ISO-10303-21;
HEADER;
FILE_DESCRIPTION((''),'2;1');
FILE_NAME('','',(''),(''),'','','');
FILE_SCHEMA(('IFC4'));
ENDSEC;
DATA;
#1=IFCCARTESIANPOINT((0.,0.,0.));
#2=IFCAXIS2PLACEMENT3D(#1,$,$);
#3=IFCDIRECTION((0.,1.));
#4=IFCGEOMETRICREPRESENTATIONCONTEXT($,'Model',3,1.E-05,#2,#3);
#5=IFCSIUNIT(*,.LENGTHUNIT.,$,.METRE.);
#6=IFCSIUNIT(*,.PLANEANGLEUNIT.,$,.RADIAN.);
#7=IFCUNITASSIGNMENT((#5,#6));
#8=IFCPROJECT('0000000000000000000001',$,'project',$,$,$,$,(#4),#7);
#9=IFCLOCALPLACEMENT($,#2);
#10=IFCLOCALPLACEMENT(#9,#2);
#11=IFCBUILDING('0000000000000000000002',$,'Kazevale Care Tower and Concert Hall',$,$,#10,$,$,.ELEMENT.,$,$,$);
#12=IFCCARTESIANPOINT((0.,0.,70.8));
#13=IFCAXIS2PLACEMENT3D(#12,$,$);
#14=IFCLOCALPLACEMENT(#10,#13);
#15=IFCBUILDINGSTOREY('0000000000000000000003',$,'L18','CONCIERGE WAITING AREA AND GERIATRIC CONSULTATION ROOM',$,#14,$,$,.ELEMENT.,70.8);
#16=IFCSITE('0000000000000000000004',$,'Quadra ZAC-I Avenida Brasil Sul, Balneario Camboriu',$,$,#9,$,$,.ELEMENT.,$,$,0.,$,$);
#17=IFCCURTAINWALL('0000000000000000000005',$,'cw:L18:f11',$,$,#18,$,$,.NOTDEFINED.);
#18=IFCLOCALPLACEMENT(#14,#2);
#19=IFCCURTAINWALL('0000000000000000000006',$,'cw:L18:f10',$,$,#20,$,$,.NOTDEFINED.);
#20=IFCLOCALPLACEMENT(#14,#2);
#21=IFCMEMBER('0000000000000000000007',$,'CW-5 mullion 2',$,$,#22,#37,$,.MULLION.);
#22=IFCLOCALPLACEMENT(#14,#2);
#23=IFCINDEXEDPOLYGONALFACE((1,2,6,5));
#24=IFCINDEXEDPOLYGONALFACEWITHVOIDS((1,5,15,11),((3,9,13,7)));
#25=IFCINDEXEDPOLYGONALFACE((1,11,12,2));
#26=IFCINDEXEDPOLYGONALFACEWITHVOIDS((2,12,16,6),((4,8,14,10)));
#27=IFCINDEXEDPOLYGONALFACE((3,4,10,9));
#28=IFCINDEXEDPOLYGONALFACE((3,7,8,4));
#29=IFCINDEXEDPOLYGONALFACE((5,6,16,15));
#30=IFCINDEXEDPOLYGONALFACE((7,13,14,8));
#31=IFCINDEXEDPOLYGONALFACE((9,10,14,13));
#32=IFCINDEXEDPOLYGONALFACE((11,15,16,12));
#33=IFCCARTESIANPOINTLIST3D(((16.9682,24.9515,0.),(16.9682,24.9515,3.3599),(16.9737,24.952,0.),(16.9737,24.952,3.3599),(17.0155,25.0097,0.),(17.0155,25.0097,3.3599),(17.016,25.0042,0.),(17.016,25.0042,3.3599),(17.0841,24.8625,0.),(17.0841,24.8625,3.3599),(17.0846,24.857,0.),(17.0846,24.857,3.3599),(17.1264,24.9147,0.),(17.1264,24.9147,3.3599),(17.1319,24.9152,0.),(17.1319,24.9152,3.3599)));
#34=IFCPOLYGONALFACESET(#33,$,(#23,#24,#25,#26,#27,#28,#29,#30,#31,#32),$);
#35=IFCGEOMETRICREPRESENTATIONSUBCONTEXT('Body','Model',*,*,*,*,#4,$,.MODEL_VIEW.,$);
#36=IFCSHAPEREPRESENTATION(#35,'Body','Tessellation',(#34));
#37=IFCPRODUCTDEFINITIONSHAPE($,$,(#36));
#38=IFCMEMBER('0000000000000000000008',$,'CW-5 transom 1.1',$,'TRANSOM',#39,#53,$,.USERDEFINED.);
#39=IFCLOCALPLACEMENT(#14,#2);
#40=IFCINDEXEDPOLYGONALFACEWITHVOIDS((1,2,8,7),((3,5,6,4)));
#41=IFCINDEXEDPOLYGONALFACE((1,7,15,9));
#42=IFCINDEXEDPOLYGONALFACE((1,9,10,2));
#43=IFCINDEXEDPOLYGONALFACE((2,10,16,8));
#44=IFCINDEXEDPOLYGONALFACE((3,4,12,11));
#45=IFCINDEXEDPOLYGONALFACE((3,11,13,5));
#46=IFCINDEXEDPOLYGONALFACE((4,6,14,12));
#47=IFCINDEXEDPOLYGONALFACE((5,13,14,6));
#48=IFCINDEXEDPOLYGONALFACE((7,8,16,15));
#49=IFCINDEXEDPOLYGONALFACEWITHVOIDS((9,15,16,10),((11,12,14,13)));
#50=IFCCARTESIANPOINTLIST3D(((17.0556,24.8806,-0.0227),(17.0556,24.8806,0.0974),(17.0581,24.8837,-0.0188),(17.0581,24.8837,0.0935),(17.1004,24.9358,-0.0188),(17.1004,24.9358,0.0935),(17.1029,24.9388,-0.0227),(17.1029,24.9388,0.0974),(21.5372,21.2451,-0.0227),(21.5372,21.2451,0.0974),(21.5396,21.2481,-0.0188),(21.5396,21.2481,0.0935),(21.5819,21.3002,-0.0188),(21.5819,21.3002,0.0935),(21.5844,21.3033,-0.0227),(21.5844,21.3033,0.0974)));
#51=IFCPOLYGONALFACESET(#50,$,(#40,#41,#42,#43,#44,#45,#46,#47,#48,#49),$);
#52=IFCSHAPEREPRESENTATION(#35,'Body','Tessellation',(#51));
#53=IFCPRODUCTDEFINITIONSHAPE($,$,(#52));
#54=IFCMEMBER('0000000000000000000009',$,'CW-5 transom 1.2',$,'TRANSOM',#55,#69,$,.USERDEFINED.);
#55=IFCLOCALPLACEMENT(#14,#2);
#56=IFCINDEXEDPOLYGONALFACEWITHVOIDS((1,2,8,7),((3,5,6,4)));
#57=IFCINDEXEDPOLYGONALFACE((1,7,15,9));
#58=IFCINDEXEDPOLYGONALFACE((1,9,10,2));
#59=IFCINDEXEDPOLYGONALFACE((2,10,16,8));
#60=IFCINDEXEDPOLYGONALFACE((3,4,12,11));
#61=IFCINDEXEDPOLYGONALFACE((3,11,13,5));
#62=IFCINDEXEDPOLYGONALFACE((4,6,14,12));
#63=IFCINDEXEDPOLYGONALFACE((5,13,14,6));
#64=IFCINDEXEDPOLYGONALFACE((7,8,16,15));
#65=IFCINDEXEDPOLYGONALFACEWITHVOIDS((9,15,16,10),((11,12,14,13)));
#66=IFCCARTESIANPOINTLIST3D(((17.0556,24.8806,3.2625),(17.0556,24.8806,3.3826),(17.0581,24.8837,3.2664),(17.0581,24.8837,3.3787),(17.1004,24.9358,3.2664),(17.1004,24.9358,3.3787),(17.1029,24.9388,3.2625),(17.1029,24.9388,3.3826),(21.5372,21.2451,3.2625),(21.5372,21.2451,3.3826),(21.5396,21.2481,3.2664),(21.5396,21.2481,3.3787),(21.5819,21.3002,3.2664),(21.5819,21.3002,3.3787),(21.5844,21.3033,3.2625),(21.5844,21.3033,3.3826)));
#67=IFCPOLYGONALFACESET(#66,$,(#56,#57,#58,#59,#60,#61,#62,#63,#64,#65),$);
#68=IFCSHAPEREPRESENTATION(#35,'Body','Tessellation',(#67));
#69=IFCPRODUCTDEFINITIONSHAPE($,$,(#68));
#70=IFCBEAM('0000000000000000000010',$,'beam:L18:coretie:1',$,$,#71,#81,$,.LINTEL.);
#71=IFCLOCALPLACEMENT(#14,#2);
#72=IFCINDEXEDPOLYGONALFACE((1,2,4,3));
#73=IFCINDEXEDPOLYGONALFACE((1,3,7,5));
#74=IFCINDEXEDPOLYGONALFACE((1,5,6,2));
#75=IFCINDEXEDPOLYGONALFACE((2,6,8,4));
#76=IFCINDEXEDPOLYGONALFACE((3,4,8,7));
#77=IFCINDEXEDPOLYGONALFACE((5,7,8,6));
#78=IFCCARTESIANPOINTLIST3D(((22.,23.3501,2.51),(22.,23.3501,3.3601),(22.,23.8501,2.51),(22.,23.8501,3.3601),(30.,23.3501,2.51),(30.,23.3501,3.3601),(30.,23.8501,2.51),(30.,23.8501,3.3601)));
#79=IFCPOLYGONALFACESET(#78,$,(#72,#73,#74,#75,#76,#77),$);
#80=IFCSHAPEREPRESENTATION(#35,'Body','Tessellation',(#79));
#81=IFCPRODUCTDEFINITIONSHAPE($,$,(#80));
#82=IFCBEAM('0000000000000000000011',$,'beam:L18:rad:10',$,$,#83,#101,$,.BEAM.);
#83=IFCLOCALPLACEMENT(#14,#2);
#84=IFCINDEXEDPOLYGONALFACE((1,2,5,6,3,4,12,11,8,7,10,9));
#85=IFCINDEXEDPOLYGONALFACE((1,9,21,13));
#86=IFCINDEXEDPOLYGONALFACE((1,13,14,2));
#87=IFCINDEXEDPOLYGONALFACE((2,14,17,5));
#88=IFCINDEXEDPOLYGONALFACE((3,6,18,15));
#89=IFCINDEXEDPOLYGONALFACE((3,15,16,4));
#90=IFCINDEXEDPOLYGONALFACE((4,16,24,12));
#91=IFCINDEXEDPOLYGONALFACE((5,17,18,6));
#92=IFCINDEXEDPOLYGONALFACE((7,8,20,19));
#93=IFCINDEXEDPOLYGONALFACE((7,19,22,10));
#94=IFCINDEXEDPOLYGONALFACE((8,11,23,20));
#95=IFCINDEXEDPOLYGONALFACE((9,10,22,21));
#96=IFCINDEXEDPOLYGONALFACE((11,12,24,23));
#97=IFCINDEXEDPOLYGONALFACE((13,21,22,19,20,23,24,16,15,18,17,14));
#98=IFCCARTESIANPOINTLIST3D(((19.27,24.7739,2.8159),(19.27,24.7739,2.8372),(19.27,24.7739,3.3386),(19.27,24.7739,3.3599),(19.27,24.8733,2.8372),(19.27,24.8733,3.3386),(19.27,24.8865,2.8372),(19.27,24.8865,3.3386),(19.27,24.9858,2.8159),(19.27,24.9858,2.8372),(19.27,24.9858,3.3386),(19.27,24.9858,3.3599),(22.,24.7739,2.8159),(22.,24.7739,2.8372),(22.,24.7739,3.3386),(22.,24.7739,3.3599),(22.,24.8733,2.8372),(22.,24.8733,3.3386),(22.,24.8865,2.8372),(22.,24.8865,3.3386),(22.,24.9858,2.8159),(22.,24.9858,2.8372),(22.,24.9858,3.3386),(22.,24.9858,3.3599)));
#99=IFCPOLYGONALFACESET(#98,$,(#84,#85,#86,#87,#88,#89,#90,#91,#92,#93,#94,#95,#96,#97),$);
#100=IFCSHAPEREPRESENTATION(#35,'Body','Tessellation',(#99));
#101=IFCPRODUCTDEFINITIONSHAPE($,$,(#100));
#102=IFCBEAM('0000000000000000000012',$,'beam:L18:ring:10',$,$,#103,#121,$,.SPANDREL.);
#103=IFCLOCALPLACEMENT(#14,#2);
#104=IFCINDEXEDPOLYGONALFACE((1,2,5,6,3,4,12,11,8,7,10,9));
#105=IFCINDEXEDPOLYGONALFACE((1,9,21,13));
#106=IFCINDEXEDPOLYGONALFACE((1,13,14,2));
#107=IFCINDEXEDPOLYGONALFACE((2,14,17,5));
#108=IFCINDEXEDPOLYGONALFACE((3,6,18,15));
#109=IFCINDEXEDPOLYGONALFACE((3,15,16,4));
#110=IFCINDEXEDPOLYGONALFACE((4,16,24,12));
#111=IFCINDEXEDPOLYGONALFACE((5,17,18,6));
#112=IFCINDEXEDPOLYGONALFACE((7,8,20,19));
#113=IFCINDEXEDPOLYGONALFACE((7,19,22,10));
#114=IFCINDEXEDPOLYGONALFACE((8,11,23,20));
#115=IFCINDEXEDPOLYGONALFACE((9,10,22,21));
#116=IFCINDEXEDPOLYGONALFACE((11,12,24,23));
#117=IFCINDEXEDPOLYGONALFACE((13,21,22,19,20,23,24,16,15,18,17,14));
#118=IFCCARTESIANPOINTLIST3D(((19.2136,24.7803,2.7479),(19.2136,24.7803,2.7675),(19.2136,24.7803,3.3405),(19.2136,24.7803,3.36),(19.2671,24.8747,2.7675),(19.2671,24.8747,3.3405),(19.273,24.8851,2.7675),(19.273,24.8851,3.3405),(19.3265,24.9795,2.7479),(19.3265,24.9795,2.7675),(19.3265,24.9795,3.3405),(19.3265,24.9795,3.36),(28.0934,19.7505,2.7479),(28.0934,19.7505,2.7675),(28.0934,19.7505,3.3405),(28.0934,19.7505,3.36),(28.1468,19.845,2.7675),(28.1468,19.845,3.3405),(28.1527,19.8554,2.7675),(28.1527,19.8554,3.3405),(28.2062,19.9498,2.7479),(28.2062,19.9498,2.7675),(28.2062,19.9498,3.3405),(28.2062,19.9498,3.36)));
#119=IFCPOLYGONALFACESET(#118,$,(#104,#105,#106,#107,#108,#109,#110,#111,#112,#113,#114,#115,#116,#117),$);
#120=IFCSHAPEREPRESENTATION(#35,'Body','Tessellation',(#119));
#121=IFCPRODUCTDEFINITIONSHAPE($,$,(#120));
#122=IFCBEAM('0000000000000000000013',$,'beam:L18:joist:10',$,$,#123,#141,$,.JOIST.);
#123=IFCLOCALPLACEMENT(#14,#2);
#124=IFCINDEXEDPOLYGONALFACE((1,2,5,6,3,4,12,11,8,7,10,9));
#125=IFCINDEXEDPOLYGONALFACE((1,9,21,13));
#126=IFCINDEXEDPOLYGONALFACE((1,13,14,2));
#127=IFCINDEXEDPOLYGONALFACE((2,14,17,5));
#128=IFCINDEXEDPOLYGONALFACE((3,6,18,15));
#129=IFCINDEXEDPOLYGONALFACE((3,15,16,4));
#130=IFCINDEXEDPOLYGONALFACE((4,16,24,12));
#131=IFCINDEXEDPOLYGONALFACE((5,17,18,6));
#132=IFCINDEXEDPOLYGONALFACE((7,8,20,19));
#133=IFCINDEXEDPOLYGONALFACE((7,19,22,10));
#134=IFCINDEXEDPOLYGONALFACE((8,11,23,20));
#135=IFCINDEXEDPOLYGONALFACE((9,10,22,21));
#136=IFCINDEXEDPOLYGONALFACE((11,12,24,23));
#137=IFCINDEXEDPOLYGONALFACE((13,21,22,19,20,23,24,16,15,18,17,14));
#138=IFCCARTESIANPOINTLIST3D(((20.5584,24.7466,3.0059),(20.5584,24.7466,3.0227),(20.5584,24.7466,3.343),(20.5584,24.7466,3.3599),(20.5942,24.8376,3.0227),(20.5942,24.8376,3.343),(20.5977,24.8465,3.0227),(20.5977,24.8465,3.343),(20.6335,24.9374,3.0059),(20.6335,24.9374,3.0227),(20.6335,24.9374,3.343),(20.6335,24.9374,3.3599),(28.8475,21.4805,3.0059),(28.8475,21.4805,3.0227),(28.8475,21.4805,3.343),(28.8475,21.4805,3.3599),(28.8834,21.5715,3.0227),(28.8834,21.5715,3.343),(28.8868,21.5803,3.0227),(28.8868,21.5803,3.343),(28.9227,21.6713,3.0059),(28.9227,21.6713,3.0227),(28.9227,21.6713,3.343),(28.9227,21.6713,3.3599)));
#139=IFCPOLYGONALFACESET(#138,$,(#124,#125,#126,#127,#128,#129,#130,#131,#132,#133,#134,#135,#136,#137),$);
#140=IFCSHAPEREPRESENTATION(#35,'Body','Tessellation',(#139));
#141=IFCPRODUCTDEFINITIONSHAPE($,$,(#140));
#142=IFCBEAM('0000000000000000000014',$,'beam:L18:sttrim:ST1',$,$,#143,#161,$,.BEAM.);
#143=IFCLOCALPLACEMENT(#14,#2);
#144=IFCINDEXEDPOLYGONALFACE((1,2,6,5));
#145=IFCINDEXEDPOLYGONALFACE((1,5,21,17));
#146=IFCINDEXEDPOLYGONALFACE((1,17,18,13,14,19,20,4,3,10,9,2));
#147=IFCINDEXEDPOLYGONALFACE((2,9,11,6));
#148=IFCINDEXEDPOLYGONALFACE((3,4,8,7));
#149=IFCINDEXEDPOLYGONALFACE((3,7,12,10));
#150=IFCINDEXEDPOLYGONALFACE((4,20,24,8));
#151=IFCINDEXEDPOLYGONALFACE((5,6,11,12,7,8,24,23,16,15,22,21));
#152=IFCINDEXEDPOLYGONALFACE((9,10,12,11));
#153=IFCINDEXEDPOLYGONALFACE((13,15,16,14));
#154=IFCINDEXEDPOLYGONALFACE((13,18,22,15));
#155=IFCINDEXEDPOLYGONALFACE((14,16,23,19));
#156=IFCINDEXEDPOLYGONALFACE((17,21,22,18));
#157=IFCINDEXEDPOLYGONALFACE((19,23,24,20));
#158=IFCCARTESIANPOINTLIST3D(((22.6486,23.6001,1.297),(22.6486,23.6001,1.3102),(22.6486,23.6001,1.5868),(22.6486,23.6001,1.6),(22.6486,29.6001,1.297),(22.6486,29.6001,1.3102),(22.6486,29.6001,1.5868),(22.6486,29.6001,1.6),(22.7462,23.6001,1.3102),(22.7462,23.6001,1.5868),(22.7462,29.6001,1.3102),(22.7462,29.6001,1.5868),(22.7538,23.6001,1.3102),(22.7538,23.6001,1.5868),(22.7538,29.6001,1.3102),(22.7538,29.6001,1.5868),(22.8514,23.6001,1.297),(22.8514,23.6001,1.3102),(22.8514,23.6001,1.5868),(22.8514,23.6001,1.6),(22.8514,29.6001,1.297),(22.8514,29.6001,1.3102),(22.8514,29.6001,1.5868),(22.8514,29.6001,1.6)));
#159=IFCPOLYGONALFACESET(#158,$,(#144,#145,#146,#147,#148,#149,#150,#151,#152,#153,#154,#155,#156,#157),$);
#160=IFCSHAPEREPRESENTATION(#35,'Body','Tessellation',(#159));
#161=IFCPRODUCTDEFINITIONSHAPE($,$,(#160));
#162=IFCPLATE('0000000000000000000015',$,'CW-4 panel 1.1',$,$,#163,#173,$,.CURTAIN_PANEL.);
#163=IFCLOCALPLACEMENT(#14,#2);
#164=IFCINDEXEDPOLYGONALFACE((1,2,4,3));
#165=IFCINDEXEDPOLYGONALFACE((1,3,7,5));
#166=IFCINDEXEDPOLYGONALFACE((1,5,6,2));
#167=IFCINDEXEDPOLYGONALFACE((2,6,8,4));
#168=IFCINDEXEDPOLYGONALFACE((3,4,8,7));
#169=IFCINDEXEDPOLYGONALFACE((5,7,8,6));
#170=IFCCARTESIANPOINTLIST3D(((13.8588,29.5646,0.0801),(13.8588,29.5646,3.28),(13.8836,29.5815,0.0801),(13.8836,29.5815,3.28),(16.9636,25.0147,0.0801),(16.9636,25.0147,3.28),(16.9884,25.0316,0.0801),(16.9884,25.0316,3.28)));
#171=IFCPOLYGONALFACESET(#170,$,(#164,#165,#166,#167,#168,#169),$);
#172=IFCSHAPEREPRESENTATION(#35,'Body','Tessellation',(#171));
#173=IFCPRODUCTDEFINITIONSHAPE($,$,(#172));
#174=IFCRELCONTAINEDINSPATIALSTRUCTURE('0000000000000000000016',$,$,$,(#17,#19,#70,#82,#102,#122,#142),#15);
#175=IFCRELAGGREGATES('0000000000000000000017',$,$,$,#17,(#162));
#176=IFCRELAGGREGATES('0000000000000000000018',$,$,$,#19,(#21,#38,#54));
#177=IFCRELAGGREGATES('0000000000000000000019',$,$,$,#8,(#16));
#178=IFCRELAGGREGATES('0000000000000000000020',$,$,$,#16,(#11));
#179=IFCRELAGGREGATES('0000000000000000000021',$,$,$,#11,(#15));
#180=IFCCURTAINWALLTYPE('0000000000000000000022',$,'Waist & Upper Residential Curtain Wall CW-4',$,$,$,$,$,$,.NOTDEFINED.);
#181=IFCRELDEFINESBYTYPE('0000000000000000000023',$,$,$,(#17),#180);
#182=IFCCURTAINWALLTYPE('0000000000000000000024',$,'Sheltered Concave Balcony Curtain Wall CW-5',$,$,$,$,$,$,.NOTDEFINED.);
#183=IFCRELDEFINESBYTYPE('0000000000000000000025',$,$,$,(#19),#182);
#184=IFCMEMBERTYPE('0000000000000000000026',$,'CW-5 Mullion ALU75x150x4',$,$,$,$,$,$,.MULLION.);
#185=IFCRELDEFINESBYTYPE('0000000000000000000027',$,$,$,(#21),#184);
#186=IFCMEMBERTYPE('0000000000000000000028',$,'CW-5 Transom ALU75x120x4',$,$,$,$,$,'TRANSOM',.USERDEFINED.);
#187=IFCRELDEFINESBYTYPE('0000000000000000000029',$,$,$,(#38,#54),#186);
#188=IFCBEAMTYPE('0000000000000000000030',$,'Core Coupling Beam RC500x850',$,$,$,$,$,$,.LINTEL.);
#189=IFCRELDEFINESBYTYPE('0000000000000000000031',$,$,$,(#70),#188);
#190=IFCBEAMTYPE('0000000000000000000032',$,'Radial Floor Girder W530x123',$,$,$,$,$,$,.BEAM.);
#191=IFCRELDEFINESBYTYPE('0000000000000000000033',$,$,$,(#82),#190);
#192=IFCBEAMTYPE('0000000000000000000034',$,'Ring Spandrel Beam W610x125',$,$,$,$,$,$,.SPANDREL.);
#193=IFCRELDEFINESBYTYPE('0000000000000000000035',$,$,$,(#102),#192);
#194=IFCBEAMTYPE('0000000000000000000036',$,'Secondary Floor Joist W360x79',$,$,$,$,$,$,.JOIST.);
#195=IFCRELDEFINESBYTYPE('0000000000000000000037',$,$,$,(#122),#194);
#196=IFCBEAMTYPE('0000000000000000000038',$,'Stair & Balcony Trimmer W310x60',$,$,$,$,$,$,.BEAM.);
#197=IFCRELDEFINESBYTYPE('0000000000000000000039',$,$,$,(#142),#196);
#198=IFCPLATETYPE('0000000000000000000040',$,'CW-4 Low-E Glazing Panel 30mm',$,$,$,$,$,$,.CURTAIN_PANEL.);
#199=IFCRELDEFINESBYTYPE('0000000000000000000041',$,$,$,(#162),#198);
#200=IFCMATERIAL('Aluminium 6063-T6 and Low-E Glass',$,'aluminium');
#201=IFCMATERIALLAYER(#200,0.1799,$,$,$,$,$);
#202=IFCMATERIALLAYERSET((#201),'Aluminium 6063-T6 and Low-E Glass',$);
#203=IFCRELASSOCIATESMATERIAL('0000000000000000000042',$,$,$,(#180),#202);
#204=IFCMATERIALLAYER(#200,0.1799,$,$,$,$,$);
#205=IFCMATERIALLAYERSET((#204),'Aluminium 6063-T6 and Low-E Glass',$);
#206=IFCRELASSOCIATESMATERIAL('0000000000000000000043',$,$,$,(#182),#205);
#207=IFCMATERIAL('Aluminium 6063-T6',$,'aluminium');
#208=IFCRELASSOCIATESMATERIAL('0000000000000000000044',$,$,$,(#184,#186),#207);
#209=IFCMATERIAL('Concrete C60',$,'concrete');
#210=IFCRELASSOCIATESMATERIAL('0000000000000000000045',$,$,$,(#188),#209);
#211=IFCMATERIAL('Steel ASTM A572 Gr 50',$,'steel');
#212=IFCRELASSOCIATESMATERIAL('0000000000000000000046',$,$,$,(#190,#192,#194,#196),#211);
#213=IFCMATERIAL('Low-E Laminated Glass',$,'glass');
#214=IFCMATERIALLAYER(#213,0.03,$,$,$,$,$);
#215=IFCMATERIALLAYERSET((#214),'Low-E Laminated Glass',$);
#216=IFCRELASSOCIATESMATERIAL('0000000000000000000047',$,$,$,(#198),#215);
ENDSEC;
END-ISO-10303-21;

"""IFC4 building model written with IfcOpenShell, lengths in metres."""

from ifc_helpers import new_model, si_unit, direction, frame, origin, origin_2d, place, context, subcontext, project, spatial, rectangle, hollow_rectangle, i_section, extrude, material, layer, layer_set, material_profile, profile_set, type_object, element, aggregate, save


model = new_model("IFC4")

# Units and contexts
model_context = context("Model", 3, precision=1e-05, world=origin(), true_north=direction((0.0, 1.0)))
body_context = subcontext(model_context, "Body", "Model", "MODEL_VIEW")
ifc_project = project(units=[si_unit("LENGTHUNIT", "METRE"), si_unit("PLANEANGLEUNIT", "RADIAN")], contexts=[model_context])

# Site, building, storey
site_placement = place(None, origin())
site = spatial("IfcSite", under=ifc_project, at=site_placement, Name="Quadra ZAC-I Avenida Brasil Sul, Balneario Camboriu", CompositionType="ELEMENT", RefElevation=0.0)
building_placement = place(site_placement, origin())
building = spatial("IfcBuilding", under=site, at=building_placement, Name="Kazevale Care Tower and Concert Hall", CompositionType="ELEMENT")
storey_placement = place(building_placement, frame((0.0, 0.0, 70.8)))
storey = spatial("IfcBuildingStorey", under=building, at=storey_placement, Name="L18", Description="CONCIERGE WAITING AREA AND GERIATRIC CONSULTATION ROOM", CompositionType="ELEMENT", Elevation=70.8)

# Curtain wall
ifc_material_1 = material(Name="Aluminium 6063-T6 and Low-E Glass", Category="aluminium")
ifc_layer_1 = layer(ifc_material_1, 0.1799)
ifc_layer_set_1 = layer_set([ifc_layer_1], Name="Aluminium 6063-T6 and Low-E Glass")
curtain_wall_type_1 = type_object("IfcCurtainWallType", Name="Waist & Upper Residential Curtain Wall CW-4", PredefinedType="NOTDEFINED", material=ifc_layer_set_1)
curtain_wall_1_placement = place(storey_placement, origin())
curtain_wall_1 = element("IfcCurtainWall", 1, at=curtain_wall_1_placement, inside=storey, type_object=curtain_wall_type_1, Name="cw:L18:f11", PredefinedType="NOTDEFINED")
ifc_material_2 = material(Name="Aluminium 6063-T6", Category="aluminium")

# Shared definitions
ifc_layer_2 = layer(ifc_material_1, 0.1799)
ifc_layer_set_2 = layer_set([ifc_layer_2], Name="Aluminium 6063-T6 and Low-E Glass")
curtain_wall_type_2 = type_object("IfcCurtainWallType", Name="Sheltered Concave Balcony Curtain Wall CW-5", PredefinedType="NOTDEFINED", material=ifc_layer_set_2)
ifc_material_profile_1 = material_profile(ifc_material_2, hollow_rectangle(XDim=0.075, YDim=0.1499, WallThickness=0.0039, at=origin_2d()), Name="ALU75x150x4")
ifc_profile_set_1 = profile_set([ifc_material_profile_1], Name="Aluminium 6063-T6")
member_type_1 = type_object("IfcMemberType", Name="CW-5 Mullion ALU75x150x4", PredefinedType="MULLION", material=ifc_profile_set_1)

# Curtain wall, members
curtain_wall_2_placement = place(storey_placement, origin())
curtain_wall_2 = element("IfcCurtainWall", 2, at=curtain_wall_2_placement, inside=storey, type_object=curtain_wall_type_2, Name="cw:L18:f10", PredefinedType="NOTDEFINED")
member_1_placement = place(storey_placement, frame((17.05, 24.9333, 0.0), z_axis=(0.0, 0.0, 1.0), x_axis=(-0.629995, -0.776599, 0.0)))
member_1 = element("IfcMember", 3, at=member_1_placement, type_object=member_type_1, Name="CW-5 mullion 2", PredefinedType="MULLION", context=body_context, shape_type="SweptSolid", body=[
    extrude(hollow_rectangle(XDim=0.075, YDim=0.1499, WallThickness=0.0039, at=origin_2d()), origin(), (0.0, 0.0, 1.0), 3.3599),
])
ifc_material_profile_2 = material_profile(ifc_material_2, hollow_rectangle(XDim=0.075, YDim=0.1201, WallThickness=0.0039, at=origin_2d()), Name="ALU75x120x4")
ifc_profile_set_2 = profile_set([ifc_material_profile_2], Name="Aluminium 6063-T6")
member_type_2 = type_object("IfcMemberType", Name="CW-5 Transom ALU75x120x4", ElementType="TRANSOM", PredefinedType="USERDEFINED", material=ifc_profile_set_2)
member_2_placement = place(storey_placement, frame((21.5608, 21.2742, 0.0374), z_axis=(-0.776595, 0.63, 0.0), x_axis=(-0.63, -0.776595, 0.0)))
member_2 = element("IfcMember", 4, at=member_2_placement, type_object=member_type_2, Name="CW-5 transom 1.1", ObjectType="TRANSOM", PredefinedType="USERDEFINED", context=body_context, shape_type="SweptSolid", body=[
    extrude(hollow_rectangle(XDim=0.075, YDim=0.1201, WallThickness=0.0039, at=origin_2d()), origin(), (0.0, 0.0, 1.0), 5.7708),
])
member_3_placement = place(storey_placement, frame((21.5608, 21.2742, 3.3225), z_axis=(-0.776595, 0.63, 0.0), x_axis=(-0.63, -0.776595, 0.0)))
member_3 = element("IfcMember", 5, at=member_3_placement, type_object=member_type_2, Name="CW-5 transom 1.2", ObjectType="TRANSOM", PredefinedType="USERDEFINED", context=body_context, shape_type="SweptSolid", body=[
    extrude(hollow_rectangle(XDim=0.075, YDim=0.1201, WallThickness=0.0039, at=origin_2d()), origin(), (0.0, 0.0, 1.0), 5.7708),
])

# Beams
ifc_material_3 = material(Name="Concrete C60", Category="concrete")
ifc_material_profile_3 = material_profile(ifc_material_3, rectangle(XDim=0.5, YDim=0.8501, at=origin_2d()), Name="RC-B500x850")
ifc_profile_set_3 = profile_set([ifc_material_profile_3], Name="Concrete C60")
beam_type_1 = type_object("IfcBeamType", Name="Core Coupling Beam RC500x850", PredefinedType="LINTEL", material=ifc_profile_set_3)
beam_1_placement = place(storey_placement, frame((22.0, 23.6001, 2.9351), z_axis=(1.0, 0.0, 0.0), x_axis=(0.0, 1.0, 0.0)))
element("IfcBeam", 6, at=beam_1_placement, inside=storey, type_object=beam_type_1, Name="beam:L18:coretie:1", PredefinedType="LINTEL", context=body_context, shape_type="SweptSolid", body=[
    extrude(rectangle(XDim=0.5, YDim=0.8501, at=origin_2d()), origin(), (0.0, 0.0, 1.0), 8.0),
])
ifc_material_4 = material(Name="Steel ASTM A572 Gr 50", Category="steel")
ifc_material_profile_4 = material_profile(ifc_material_4, i_section(OverallWidth=0.2119, OverallDepth=0.5439, WebThickness=0.0132, FlangeThickness=0.0212, at=origin_2d()), Name="W530x123")
ifc_profile_set_4 = profile_set([ifc_material_profile_4], Name="Steel ASTM A572 Gr 50")
beam_type_2 = type_object("IfcBeamType", Name="Radial Floor Girder W530x123", PredefinedType="BEAM", material=ifc_profile_set_4)
beam_2_placement = place(storey_placement, frame((22.0, 24.8799, 3.0879), z_axis=(-1.0, 0.0, 0.0), x_axis=(0.0, -1.0, 0.0)))
element("IfcBeam", 7, at=beam_2_placement, inside=storey, type_object=beam_type_2, Name="beam:L18:rad:10", PredefinedType="BEAM", context=body_context, shape_type="SweptSolid", body=[
    extrude(i_section(OverallWidth=0.2119, OverallDepth=0.5439, WebThickness=0.0132, FlangeThickness=0.0212, at=origin_2d()), origin(), (0.0, 0.0, 1.0), 2.73),
])
ifc_material_profile_5 = material_profile(ifc_material_4, i_section(OverallWidth=0.229, OverallDepth=0.6121, WebThickness=0.012, FlangeThickness=0.0195, at=origin_2d()), Name="W610x125")
ifc_profile_set_5 = profile_set([ifc_material_profile_5], Name="Steel ASTM A572 Gr 50")
beam_type_3 = type_object("IfcBeamType", Name="Ring Spandrel Beam W610x125", PredefinedType="SPANDREL", material=ifc_profile_set_5)
beam_3_placement = place(storey_placement, frame((19.27, 24.8799, 3.054), z_axis=(0.870112, -0.492853, 0.0), x_axis=(0.492853, 0.870112, 0.0)))
element("IfcBeam", 8, at=beam_3_placement, inside=storey, type_object=beam_type_3, Name="beam:L18:ring:10", PredefinedType="SPANDREL", context=body_context, shape_type="SweptSolid", body=[
    extrude(i_section(OverallWidth=0.229, OverallDepth=0.6121, WebThickness=0.012, FlangeThickness=0.0195, at=origin_2d()), origin(), (0.0, 0.0, 1.0), 10.2053),
])
ifc_material_profile_6 = material_profile(ifc_material_4, i_section(OverallWidth=0.2051, OverallDepth=0.354, WebThickness=0.0095, FlangeThickness=0.0168, at=origin_2d()), Name="W360x79")
ifc_profile_set_6 = profile_set([ifc_material_profile_6], Name="Steel ASTM A572 Gr 50")
beam_type_4 = type_object("IfcBeamType", Name="Secondary Floor Joist W360x79", PredefinedType="JOIST", material=ifc_profile_set_6)
beam_4_placement = place(storey_placement, frame((20.5959, 24.842, 3.1829), z_axis=(0.930381, -0.366595, 0.0), x_axis=(0.366595, 0.930381, 0.0)))
element("IfcBeam", 9, at=beam_4_placement, inside=storey, type_object=beam_type_4, Name="beam:L18:joist:10", PredefinedType="JOIST", context=body_context, shape_type="SweptSolid", body=[
    extrude(i_section(OverallWidth=0.2051, OverallDepth=0.354, WebThickness=0.0095, FlangeThickness=0.0168, at=origin_2d()), origin(), (0.0, 0.0, 1.0), 8.9094),
])
ifc_material_profile_7 = material_profile(ifc_material_4, i_section(OverallWidth=0.2029, OverallDepth=0.303, WebThickness=0.0076, FlangeThickness=0.0132, at=origin_2d()), Name="W310x60")
ifc_profile_set_7 = profile_set([ifc_material_profile_7], Name="Steel ASTM A572 Gr 50")
beam_type_5 = type_object("IfcBeamType", Name="Stair & Balcony Trimmer W310x60", PredefinedType="BEAM", material=ifc_profile_set_7)
beam_5_placement = place(storey_placement, frame((22.75, 23.6001, 1.4485), z_axis=(0.0, 1.0, 0.0), x_axis=(-1.0, 0.0, 0.0)))
element("IfcBeam", 10, at=beam_5_placement, inside=storey, type_object=beam_type_5, Name="beam:L18:sttrim:ST1", PredefinedType="BEAM", context=body_context, shape_type="SweptSolid", body=[
    extrude(i_section(OverallWidth=0.2029, OverallDepth=0.303, WebThickness=0.0076, FlangeThickness=0.0132, at=origin_2d()), origin(), (0.0, 0.0, 1.0), 6.0),
])

# Plate
ifc_material_5 = material(Name="Low-E Laminated Glass", Category="glass")
ifc_layer_3 = layer(ifc_material_5, 0.03)
ifc_layer_set_3 = layer_set([ifc_layer_3], Name="Low-E Laminated Glass")
plate_type_1 = type_object("IfcPlateType", Name="CW-4 Low-E Glazing Panel 30mm", PredefinedType="CURTAIN_PANEL", material=ifc_layer_set_3)
plate_1_placement = place(storey_placement, frame((15.4236, 27.2981, 0.0801), z_axis=(0.0, 0.0, 1.0), x_axis=(-0.563665, 0.826003, 0.0)))
plate_1 = element("IfcPlate", 11, at=plate_1_placement, type_object=plate_type_1, Name="CW-4 panel 1.1", PredefinedType="CURTAIN_PANEL", context=body_context, shape_type="SweptSolid", body=[
    extrude(rectangle(XDim=5.5083, YDim=0.03, at=origin_2d()), origin(), (0.0, 0.0, 1.0), 3.2),
])
aggregate(curtain_wall_1, [plate_1])
aggregate(curtain_wall_2, [member_1, member_2, member_3])

save(model, "model.ifc")
